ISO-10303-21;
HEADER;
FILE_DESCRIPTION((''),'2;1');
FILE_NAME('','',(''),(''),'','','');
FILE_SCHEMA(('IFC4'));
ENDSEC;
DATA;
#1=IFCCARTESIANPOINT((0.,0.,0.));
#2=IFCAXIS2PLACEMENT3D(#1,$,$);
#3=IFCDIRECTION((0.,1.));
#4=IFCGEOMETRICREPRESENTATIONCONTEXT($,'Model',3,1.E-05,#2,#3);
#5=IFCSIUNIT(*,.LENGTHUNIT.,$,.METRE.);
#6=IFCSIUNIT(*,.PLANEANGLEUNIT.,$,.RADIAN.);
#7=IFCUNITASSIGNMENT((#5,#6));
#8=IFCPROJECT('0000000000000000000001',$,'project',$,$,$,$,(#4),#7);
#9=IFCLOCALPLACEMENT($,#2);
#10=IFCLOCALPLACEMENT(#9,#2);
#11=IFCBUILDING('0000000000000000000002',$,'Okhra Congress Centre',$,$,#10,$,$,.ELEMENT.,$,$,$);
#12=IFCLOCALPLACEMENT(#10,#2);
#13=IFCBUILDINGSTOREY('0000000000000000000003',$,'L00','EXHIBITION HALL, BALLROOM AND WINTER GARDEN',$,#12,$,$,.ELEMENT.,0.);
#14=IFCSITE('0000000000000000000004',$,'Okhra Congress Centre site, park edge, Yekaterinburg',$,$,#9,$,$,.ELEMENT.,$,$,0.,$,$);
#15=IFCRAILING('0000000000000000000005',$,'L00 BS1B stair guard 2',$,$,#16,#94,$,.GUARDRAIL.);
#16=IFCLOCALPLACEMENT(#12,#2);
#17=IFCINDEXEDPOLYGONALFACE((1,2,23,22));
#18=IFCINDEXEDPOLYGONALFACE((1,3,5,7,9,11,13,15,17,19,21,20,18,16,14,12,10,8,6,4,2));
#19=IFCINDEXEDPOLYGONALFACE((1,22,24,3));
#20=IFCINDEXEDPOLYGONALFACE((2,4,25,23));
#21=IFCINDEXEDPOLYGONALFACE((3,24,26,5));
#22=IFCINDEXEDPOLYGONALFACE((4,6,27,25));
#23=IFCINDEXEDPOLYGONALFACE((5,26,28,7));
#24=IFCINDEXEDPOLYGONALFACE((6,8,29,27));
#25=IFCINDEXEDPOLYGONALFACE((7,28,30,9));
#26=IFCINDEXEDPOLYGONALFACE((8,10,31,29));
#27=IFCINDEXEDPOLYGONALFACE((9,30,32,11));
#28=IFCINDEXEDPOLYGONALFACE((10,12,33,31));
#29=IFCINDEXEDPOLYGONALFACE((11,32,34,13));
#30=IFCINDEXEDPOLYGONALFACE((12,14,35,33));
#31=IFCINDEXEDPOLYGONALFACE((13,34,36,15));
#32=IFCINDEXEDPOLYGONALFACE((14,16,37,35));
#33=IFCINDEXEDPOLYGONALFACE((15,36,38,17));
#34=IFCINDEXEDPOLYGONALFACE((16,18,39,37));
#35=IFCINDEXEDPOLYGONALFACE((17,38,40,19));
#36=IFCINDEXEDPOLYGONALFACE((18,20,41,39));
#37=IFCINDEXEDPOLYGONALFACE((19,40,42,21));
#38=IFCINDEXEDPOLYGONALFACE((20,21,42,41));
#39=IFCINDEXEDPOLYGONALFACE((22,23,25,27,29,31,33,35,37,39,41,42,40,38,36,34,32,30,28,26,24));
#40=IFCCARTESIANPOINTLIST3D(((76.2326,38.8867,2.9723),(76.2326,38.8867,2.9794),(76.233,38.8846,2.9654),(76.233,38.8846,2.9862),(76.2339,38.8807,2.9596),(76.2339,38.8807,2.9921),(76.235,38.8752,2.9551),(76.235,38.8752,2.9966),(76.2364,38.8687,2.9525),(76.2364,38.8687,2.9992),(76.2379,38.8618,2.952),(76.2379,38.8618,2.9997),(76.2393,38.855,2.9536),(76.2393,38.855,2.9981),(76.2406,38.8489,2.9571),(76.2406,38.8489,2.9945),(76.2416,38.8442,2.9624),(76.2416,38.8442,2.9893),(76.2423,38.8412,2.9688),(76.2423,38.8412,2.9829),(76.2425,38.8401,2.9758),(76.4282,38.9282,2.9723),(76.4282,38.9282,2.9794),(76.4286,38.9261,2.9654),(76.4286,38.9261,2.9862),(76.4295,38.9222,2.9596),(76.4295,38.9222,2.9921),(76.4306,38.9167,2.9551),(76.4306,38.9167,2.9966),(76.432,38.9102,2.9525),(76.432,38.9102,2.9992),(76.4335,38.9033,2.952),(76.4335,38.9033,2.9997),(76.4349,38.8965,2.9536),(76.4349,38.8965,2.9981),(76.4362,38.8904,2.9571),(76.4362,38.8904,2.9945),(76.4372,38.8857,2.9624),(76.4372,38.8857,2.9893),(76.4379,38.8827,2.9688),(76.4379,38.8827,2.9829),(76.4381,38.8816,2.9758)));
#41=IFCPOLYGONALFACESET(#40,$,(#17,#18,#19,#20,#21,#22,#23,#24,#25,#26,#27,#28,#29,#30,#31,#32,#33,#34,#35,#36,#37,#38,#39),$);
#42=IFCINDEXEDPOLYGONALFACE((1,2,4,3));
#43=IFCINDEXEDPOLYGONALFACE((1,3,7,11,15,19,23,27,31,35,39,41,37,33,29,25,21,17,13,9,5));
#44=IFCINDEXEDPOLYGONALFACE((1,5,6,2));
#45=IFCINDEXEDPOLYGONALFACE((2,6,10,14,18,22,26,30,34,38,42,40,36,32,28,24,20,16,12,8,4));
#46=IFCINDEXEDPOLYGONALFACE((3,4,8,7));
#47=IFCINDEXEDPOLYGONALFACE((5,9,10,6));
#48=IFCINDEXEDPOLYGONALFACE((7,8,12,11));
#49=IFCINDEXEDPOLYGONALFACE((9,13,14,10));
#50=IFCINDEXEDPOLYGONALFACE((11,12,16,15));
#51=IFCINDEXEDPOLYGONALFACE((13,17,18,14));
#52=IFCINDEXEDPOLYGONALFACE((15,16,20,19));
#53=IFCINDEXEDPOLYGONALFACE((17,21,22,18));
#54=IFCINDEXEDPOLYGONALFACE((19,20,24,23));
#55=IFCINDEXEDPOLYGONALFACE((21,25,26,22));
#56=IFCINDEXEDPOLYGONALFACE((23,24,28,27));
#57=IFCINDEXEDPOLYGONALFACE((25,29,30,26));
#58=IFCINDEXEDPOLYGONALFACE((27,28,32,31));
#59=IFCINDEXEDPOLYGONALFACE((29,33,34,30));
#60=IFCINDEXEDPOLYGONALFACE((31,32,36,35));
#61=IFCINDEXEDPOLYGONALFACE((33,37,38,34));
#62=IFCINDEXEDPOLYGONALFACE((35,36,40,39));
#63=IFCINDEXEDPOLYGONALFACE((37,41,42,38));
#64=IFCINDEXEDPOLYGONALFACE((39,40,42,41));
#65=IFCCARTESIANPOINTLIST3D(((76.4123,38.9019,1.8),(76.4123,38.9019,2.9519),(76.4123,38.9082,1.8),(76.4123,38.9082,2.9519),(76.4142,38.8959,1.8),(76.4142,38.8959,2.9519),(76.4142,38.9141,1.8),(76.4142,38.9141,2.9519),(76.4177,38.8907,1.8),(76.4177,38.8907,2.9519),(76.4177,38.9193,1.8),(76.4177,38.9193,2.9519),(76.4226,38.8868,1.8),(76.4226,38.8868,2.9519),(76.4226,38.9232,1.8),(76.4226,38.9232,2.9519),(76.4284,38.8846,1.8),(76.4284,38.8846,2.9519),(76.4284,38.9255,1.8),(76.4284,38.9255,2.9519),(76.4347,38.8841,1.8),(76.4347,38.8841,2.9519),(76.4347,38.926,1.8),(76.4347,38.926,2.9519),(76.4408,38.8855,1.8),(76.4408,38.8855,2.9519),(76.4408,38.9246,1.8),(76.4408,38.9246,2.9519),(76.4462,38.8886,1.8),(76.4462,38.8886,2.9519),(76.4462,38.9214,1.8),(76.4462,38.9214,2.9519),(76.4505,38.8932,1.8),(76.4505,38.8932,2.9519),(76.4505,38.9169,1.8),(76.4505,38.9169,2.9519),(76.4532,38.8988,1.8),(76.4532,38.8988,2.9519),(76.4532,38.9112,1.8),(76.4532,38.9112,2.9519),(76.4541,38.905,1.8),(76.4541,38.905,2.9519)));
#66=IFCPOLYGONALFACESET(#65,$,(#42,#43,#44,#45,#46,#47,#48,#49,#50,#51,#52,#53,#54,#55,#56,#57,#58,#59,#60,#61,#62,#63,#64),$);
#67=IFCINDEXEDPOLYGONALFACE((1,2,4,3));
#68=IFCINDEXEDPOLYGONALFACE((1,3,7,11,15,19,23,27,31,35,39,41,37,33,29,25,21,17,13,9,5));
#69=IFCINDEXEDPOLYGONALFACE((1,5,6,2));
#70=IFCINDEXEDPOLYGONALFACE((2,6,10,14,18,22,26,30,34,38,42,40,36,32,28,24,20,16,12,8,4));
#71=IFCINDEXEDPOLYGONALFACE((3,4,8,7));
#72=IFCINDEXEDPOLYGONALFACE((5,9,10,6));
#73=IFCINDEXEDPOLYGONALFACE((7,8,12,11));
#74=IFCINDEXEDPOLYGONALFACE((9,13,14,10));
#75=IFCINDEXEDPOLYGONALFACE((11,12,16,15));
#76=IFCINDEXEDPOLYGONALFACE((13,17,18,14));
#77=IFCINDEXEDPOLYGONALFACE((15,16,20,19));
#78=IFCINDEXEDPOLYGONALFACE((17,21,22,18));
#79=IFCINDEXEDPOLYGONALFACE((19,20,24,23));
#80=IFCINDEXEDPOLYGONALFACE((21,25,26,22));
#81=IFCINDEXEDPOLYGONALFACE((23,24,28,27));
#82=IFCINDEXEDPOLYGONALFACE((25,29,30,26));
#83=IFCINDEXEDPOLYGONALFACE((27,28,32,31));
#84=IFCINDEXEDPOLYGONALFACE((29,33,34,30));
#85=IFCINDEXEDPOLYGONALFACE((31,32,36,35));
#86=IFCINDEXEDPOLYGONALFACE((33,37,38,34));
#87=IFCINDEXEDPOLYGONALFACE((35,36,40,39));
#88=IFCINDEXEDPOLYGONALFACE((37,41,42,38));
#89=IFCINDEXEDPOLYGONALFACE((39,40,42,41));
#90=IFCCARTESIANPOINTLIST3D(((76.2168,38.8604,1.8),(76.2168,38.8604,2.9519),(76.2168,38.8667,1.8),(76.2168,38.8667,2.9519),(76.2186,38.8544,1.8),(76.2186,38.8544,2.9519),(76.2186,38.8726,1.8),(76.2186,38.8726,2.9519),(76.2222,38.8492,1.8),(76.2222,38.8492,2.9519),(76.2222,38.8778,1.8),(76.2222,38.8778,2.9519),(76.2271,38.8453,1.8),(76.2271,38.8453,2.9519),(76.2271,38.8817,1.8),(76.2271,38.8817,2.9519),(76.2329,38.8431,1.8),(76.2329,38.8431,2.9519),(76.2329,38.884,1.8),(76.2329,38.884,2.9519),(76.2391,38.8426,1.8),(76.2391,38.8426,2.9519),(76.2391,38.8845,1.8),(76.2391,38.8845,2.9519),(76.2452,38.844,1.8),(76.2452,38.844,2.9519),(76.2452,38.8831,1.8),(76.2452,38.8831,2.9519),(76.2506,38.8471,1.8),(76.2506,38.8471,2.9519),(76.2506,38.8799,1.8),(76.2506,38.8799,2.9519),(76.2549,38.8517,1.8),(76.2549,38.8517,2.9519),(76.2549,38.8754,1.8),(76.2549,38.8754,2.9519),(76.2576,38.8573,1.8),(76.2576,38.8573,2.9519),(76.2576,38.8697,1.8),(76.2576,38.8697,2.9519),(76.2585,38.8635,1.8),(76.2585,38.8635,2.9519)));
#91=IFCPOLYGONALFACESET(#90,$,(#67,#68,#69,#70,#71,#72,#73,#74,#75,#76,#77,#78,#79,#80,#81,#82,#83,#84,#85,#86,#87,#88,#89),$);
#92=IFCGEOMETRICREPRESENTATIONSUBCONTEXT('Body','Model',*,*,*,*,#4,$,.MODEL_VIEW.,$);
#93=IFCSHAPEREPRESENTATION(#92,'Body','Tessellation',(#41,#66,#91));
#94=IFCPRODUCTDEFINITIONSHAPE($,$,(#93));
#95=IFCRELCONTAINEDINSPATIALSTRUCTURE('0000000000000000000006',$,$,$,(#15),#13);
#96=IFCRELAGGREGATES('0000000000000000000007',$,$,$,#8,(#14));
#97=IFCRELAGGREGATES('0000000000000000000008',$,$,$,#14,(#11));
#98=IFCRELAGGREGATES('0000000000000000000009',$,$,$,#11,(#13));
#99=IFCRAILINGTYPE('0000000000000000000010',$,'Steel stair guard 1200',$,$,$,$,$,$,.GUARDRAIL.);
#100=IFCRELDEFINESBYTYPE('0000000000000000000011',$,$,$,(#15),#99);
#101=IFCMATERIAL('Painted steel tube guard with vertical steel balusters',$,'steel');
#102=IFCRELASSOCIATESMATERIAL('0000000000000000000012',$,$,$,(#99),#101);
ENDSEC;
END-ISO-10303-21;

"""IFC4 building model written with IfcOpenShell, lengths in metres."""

from ifc_helpers import new_model, si_unit, direction, frame, origin, origin_2d, place, context, subcontext, project, spatial, circle, extrude, material, type_object, element, save


model = new_model("IFC4")

# Units and contexts
model_context = context("Model", 3, precision=1e-05, world=origin(), true_north=direction((0.0, 1.0)))
body_context = subcontext(model_context, "Body", "Model", "MODEL_VIEW")
ifc_project = project(units=[si_unit("LENGTHUNIT", "METRE"), si_unit("PLANEANGLEUNIT", "RADIAN")], contexts=[model_context])

# Site, building, storey
site_placement = place(None, origin())
site = spatial("IfcSite", under=ifc_project, at=site_placement, Name="Okhra Congress Centre site, park edge, Yekaterinburg", CompositionType="ELEMENT", RefElevation=0.0)
building_placement = place(site_placement, origin())
building = spatial("IfcBuilding", under=site, at=building_placement, Name="Okhra Congress Centre", CompositionType="ELEMENT")
storey_placement = place(building_placement, origin())
storey = spatial("IfcBuildingStorey", under=building, at=storey_placement, Name="L00", Description="EXHIBITION HALL, BALLROOM AND WINTER GARDEN", CompositionType="ELEMENT", Elevation=0.0)

# Railing
ifc_material_1 = material(Name="Painted steel tube guard with vertical steel balusters", Category="steel")
railing_type_1 = type_object("IfcRailingType", Name="Steel stair guard 1200", PredefinedType="GUARDRAIL", material=ifc_material_1)
railing_1_placement = place(storey_placement, frame((76.4331, 38.905, 1.8)))
element("IfcRailing", 1, at=railing_1_placement, inside=storey, type_object=railing_type_1, Name="L00 BS1B stair guard 2", PredefinedType="GUARDRAIL", context=body_context, shape_type="SweptSolid", body=[
    extrude(circle(Radius=0.0239, at=origin_2d()), frame((0.0, 0.0, 1.1758), z_axis=(-0.978212, -0.20761, 0.0), x_axis=(0.20761, -0.978212, 0.0)), (0.0, 0.0, 1.0), 0.2),
    extrude(circle(Radius=0.021, at=origin_2d()), origin(), (0.0, 0.0, 1.0), 1.1519),
    extrude(circle(Radius=0.021, at=origin_2d()), frame((-0.1956, -0.0415, 0.0)), (0.0, 0.0, 1.0), 1.1519),
])

save(model, "model.ifc")
